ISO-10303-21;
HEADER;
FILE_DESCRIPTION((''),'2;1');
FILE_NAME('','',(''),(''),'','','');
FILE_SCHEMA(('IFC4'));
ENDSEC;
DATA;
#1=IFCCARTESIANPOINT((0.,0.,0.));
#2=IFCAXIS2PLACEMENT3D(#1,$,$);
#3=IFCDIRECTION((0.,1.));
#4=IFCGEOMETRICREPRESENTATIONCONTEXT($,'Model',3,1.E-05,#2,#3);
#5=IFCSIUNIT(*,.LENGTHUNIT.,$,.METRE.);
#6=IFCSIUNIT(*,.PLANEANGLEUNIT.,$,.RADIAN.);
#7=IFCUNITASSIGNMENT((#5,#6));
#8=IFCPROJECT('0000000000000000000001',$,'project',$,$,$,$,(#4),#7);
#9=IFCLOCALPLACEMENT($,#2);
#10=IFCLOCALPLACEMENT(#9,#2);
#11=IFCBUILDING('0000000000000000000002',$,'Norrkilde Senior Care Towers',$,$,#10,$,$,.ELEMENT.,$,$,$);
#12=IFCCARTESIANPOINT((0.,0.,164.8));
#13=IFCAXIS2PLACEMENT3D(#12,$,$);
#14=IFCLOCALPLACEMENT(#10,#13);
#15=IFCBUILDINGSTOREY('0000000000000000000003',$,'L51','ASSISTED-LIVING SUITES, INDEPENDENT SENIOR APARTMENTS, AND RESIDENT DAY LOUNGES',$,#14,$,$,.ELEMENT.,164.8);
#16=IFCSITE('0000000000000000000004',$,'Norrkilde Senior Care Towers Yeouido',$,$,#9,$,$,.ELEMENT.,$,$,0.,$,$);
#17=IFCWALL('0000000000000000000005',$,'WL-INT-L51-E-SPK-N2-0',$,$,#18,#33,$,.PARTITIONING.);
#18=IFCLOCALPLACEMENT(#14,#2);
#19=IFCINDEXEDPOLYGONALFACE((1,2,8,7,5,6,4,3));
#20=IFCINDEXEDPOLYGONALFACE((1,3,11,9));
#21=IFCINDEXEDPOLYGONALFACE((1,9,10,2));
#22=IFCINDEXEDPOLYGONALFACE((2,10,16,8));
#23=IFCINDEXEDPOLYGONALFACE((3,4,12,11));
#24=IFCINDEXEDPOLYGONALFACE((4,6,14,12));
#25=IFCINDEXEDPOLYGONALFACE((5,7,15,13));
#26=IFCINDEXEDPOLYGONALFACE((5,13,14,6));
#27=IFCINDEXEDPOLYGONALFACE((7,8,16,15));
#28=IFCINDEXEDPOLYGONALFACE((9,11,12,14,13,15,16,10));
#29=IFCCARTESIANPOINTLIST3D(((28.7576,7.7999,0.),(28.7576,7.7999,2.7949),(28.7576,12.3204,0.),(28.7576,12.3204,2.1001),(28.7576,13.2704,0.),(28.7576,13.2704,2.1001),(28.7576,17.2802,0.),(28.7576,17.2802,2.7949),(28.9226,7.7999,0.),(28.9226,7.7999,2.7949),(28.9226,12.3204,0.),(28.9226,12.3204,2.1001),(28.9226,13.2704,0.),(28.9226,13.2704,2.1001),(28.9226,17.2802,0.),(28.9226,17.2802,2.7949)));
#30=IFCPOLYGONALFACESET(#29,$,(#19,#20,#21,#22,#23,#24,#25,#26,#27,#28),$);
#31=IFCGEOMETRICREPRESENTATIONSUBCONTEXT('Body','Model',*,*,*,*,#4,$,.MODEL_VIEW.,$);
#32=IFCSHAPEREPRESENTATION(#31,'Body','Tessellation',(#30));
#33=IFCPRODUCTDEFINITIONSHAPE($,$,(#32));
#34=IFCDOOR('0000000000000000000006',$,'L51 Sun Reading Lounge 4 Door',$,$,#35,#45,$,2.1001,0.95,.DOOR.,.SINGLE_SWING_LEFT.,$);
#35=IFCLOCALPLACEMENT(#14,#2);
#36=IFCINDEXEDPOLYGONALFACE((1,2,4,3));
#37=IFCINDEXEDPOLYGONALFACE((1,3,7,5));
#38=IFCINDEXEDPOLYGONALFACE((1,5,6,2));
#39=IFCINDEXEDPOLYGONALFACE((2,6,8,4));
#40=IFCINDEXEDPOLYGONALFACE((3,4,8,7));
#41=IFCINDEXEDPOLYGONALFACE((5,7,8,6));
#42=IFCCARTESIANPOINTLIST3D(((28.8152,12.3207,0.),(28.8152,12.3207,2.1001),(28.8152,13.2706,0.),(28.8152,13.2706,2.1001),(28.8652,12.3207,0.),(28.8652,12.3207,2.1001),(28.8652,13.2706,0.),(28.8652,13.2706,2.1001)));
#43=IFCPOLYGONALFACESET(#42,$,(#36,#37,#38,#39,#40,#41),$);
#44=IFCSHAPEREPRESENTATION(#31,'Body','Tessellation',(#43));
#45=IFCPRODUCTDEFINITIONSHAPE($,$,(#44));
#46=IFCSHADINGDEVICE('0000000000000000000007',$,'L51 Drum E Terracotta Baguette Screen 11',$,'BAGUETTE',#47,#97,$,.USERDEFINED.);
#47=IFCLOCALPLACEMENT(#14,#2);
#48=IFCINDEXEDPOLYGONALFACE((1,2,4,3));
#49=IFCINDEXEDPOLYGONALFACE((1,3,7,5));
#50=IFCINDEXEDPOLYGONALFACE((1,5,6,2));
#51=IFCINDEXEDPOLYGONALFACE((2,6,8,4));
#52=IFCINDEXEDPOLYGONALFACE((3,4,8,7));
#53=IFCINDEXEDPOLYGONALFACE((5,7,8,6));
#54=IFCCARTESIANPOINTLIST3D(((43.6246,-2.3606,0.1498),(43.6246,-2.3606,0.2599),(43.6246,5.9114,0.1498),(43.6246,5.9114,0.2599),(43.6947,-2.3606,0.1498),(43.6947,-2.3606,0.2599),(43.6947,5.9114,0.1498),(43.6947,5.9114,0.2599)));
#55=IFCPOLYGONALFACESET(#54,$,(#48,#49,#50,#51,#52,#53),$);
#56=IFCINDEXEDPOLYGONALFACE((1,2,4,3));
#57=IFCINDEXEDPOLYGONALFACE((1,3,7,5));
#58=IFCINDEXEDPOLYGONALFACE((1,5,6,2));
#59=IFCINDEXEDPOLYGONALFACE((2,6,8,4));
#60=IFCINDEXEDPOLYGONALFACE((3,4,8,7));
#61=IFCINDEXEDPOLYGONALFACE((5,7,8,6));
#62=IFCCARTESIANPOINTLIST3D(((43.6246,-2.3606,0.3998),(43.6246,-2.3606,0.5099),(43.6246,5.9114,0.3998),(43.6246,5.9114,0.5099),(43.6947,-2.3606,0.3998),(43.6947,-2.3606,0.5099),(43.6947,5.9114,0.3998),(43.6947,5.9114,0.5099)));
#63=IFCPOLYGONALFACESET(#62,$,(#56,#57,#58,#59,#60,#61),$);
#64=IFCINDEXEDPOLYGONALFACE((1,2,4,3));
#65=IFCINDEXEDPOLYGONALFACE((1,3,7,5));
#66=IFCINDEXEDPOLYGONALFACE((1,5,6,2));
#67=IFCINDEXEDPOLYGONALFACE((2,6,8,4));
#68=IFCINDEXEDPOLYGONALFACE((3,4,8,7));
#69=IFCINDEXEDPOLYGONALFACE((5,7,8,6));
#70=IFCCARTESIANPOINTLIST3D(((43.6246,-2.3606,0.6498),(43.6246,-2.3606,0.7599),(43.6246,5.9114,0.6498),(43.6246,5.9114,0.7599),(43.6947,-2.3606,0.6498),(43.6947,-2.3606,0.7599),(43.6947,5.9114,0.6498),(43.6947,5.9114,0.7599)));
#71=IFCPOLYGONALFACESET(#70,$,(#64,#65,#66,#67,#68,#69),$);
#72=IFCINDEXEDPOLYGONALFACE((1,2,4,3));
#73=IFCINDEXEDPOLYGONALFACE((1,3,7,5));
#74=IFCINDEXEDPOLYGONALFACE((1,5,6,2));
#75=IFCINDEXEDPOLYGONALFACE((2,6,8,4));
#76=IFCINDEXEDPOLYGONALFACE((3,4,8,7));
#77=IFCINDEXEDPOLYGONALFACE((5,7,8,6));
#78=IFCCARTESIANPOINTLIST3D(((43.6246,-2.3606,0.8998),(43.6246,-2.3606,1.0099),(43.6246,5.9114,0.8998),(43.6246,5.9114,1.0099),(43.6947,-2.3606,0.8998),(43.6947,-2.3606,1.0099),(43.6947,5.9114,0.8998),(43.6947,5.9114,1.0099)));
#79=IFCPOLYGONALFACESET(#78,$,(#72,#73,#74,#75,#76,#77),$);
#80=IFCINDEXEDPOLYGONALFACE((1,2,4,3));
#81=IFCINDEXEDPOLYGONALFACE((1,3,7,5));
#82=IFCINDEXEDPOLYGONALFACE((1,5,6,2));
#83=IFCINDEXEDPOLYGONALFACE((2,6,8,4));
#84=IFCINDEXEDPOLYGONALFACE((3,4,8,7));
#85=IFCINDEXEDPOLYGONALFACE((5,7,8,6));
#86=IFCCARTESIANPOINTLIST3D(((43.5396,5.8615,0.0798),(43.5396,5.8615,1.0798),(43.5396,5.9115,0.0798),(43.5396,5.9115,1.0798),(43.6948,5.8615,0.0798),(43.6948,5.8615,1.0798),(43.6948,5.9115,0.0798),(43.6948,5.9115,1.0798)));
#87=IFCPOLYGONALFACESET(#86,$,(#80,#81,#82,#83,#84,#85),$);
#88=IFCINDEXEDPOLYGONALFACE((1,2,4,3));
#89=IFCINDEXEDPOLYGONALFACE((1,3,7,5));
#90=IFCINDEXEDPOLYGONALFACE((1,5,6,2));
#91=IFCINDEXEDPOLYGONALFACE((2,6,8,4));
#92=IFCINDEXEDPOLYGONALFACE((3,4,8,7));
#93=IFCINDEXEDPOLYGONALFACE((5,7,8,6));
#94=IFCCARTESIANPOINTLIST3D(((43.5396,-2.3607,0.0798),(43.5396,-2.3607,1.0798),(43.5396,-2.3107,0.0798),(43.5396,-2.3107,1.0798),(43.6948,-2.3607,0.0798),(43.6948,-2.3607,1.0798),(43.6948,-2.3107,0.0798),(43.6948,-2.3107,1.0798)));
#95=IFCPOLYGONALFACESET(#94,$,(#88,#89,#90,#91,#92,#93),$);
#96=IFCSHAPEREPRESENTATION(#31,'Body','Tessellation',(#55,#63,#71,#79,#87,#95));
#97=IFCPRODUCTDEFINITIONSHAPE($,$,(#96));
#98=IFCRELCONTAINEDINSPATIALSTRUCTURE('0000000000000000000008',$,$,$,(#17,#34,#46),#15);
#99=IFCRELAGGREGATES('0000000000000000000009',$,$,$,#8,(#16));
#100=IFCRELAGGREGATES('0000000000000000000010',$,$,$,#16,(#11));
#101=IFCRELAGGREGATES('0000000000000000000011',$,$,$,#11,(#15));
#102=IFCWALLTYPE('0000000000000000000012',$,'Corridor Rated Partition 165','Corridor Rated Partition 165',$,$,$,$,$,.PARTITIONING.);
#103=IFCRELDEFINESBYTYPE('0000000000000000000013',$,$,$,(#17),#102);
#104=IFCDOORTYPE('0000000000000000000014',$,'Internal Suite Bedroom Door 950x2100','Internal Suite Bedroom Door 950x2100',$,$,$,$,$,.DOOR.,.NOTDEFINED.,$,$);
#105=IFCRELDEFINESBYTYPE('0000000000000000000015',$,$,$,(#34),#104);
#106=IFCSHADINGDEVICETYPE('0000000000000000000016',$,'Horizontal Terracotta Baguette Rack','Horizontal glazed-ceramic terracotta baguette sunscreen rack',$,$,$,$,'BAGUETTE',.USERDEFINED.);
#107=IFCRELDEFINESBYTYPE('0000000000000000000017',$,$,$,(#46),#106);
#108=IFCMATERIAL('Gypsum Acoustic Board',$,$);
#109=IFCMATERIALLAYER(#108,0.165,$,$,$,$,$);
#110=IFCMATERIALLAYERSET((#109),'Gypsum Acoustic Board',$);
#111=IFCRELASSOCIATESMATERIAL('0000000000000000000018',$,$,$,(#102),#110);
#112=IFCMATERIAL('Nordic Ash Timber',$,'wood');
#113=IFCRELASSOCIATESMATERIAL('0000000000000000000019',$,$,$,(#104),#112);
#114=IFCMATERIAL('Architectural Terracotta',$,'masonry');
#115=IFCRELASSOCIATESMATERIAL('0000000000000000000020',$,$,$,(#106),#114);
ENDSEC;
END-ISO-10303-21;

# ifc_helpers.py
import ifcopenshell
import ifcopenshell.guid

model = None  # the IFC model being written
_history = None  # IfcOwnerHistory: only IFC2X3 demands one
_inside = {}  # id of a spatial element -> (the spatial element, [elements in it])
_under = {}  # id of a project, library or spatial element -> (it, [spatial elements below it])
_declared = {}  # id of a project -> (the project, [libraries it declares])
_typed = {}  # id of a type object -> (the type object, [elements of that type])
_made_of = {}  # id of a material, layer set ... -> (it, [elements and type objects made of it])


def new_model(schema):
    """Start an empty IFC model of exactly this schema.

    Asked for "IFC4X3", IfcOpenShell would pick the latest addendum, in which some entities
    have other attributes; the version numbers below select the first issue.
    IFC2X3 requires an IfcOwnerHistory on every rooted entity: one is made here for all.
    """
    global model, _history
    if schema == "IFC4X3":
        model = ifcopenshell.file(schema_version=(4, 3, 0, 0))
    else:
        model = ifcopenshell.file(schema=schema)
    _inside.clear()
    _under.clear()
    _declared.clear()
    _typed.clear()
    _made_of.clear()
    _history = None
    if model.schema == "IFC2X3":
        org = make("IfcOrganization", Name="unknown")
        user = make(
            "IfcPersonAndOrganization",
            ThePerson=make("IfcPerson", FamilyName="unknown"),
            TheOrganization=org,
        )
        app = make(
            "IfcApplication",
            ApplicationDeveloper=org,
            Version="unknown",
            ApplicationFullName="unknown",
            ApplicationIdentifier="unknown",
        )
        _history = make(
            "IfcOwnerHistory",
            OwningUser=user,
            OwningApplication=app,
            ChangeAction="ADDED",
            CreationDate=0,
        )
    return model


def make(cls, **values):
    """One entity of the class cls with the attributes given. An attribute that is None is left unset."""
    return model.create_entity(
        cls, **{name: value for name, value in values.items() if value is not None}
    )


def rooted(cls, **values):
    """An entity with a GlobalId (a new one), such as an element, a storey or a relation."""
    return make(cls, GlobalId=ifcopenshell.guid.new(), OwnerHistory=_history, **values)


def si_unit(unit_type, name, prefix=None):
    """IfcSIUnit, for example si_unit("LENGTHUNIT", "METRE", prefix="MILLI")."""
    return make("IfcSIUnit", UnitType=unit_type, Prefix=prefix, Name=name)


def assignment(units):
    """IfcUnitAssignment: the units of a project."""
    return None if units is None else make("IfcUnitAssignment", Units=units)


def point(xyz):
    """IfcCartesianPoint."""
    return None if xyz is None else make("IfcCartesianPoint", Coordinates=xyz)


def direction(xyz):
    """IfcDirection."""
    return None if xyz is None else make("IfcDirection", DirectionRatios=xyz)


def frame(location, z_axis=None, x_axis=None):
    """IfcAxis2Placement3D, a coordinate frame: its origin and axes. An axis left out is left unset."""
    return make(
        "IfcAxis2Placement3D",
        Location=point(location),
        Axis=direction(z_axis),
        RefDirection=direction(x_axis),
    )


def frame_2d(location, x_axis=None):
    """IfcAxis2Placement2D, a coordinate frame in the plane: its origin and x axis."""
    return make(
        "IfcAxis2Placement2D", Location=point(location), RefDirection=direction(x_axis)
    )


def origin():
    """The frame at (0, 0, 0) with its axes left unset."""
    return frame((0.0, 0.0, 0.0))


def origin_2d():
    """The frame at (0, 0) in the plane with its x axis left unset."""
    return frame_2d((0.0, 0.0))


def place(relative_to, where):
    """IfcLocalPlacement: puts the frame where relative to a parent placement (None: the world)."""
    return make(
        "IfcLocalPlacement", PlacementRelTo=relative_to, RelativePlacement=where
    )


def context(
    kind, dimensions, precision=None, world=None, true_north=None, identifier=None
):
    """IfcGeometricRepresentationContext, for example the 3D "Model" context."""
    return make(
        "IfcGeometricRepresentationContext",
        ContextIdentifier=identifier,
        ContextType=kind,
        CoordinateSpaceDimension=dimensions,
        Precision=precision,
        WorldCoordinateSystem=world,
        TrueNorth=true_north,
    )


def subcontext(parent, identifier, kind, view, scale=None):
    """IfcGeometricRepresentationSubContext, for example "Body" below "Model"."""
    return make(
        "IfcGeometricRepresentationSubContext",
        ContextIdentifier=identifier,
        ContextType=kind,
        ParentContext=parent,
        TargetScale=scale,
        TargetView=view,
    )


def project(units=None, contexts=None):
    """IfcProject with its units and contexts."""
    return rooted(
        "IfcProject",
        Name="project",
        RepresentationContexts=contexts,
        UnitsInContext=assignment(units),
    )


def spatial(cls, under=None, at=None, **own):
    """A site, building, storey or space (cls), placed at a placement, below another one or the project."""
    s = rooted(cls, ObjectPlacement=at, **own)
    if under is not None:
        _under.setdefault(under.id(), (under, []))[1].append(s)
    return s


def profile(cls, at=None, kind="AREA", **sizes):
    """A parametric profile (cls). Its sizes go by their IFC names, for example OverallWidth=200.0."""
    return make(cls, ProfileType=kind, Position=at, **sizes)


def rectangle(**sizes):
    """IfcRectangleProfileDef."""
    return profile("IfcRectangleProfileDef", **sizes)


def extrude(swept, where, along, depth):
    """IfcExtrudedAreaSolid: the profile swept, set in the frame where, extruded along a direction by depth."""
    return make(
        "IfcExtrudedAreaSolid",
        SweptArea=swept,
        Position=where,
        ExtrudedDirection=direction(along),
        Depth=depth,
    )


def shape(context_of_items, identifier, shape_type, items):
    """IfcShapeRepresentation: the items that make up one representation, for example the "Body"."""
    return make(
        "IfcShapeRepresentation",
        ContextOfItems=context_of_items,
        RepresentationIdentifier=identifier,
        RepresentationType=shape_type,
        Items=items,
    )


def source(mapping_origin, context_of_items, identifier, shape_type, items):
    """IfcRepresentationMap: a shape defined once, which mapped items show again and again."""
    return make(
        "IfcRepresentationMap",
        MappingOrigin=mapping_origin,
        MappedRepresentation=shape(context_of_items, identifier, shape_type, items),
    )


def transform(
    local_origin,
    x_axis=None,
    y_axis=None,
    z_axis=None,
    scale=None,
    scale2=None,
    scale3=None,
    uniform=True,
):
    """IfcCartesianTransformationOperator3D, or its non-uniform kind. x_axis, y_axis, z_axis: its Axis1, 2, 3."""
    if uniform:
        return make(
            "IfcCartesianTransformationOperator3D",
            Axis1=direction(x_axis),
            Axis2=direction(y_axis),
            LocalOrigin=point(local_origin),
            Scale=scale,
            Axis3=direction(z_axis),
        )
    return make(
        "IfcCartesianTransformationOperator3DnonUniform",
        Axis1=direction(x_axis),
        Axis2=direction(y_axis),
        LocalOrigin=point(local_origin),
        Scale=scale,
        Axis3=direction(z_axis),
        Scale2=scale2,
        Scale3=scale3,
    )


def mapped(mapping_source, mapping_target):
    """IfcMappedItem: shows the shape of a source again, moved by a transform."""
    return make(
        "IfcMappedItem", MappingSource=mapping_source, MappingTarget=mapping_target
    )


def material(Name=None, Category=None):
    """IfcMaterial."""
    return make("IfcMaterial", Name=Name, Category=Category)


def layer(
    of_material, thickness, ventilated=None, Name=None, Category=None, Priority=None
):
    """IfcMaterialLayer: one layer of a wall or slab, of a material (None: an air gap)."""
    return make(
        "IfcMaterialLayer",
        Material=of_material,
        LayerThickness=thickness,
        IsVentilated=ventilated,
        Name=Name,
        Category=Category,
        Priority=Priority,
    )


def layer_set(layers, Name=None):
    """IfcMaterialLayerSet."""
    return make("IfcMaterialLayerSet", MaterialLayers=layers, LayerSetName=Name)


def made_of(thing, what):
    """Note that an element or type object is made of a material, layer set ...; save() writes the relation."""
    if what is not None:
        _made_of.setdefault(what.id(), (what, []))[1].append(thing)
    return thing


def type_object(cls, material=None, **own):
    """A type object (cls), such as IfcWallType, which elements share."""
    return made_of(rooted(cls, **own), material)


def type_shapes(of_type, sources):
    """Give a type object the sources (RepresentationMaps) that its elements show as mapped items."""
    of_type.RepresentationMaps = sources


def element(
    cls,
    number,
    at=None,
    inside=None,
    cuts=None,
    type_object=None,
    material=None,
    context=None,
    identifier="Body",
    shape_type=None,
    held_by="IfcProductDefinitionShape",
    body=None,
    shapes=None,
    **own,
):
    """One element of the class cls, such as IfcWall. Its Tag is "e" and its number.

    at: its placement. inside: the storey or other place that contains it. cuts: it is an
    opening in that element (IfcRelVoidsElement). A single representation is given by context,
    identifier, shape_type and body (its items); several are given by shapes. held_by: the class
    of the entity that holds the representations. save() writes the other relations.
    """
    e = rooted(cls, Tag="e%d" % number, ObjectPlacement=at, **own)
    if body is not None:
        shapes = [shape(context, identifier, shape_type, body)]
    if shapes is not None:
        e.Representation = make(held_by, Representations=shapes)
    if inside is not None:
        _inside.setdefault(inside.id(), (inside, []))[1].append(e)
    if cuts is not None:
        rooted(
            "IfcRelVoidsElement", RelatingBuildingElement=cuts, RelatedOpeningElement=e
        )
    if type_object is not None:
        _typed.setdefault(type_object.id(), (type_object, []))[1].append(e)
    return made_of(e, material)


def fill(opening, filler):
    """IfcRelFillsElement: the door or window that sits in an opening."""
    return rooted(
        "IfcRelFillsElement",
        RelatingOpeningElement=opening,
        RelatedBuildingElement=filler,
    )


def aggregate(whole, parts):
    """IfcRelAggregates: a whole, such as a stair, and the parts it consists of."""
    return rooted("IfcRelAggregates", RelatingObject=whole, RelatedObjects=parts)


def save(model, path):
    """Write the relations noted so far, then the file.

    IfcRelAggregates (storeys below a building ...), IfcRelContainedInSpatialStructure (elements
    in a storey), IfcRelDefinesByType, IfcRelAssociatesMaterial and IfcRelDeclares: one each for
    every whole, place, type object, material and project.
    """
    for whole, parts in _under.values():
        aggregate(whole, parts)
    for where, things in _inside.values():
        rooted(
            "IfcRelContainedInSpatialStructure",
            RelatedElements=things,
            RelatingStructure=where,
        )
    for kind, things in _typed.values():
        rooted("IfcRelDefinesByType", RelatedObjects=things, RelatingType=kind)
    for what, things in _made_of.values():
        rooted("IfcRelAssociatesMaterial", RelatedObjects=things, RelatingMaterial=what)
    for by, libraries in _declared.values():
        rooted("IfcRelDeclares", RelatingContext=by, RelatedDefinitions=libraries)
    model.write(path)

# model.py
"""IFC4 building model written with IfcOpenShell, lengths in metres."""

from ifc_helpers import new_model, si_unit, direction, frame, frame_2d, origin, origin_2d, place, context, subcontext, project, spatial, rectangle, extrude, source, transform, mapped, material, layer, layer_set, type_object, type_shapes, element, fill, save


model = new_model("IFC4")

# Units and contexts
model_context = context("Model", 3, precision=1e-05, world=origin(), true_north=direction((0.0, 1.0)))
body_context = subcontext(model_context, "Body", "Model", "MODEL_VIEW")
ifc_project = project(units=[si_unit("LENGTHUNIT", "METRE"), si_unit("PLANEANGLEUNIT", "RADIAN")], contexts=[model_context])

# Site, building, storey
site_placement = place(None, origin())
site = spatial("IfcSite", under=ifc_project, at=site_placement, Name="Norrkilde Senior Care Towers Yeouido", CompositionType="ELEMENT", RefElevation=0.0)
building_placement = place(site_placement, origin())
building = spatial("IfcBuilding", under=site, at=building_placement, Name="Norrkilde Senior Care Towers", CompositionType="ELEMENT")
storey_placement = place(building_placement, frame((0.0, 0.0, 164.8)))
storey = spatial("IfcBuildingStorey", under=building, at=storey_placement, Name="L51", Description="ASSISTED-LIVING SUITES, INDEPENDENT SENIOR APARTMENTS, AND RESIDENT DAY LOUNGES", CompositionType="ELEMENT", Elevation=164.8)

# Shared definitions
ifc_material_1 = material(Name="Gypsum Acoustic Board")
ifc_layer_1 = layer(ifc_material_1, 0.165)
ifc_layer_set_1 = layer_set([ifc_layer_1], Name="Gypsum Acoustic Board")
wall_type_1 = type_object("IfcWallType", Name="Corridor Rated Partition 165", Description="Corridor Rated Partition 165", PredefinedType="PARTITIONING", material=ifc_layer_set_1)
ifc_material_2 = material(Name="Nordic Ash Timber", Category="wood")

# Wall, opening, door
shared_shape_1 = source(origin(), body_context, "Body", "SweptSolid", [
    extrude(rectangle(XDim=9.4802, YDim=0.165, at=frame_2d((4.7402, 0.0))), origin(), (0.0, 0.0, 1.0), 2.7949),
])
door_type_1 = type_object("IfcDoorType", Name="Internal Suite Bedroom Door 950x2100", Description="Internal Suite Bedroom Door 950x2100", OperationType="NOTDEFINED", PredefinedType="DOOR", material=ifc_material_2)
shared_shape_2 = source(origin(), body_context, "Body", "SweptSolid", [
    extrude(rectangle(XDim=0.95, YDim=2.1001, at=frame_2d((0.4751, 1.05))), frame((0.0, 0.0249, 0.0), z_axis=(0.0, -1.0, 0.0), x_axis=(1.0, 0.0, 0.0)), (0.0, 0.0, 1.0), 0.05),
])
type_shapes(door_type_1, [shared_shape_2])
wall_1_placement = place(storey_placement, frame((28.8401, 17.2803, 0.0), z_axis=(0.0, 0.0, 1.0), x_axis=(0.0, -1.0, 0.0)))
wall_1 = element("IfcWall", 1, at=wall_1_placement, inside=storey, type_object=wall_type_1, Name="WL-INT-L51-E-SPK-N2-0", PredefinedType="PARTITIONING", context=body_context, shape_type="MappedRepresentation", body=[
    mapped(shared_shape_1, transform((0.0, 0.0, 0.0), x_axis=(1.0, 0.0, 0.0), y_axis=(0.0, 1.0, 0.0), z_axis=(0.0, 0.0, 1.0), scale=1.0)),
])
opening_1_placement = place(wall_1_placement, frame((4.0098, 0.0, 0.0)))
opening_1 = element("IfcOpeningElement", 2, at=opening_1_placement, cuts=wall_1, PredefinedType="OPENING", context=body_context, shape_type="SweptSolid", body=[
    extrude(rectangle(XDim=0.95, YDim=2.1001, at=frame_2d((0.4751, 1.05))), frame((0.0, 0.0925, 0.0), z_axis=(0.0, -1.0, 0.0), x_axis=(1.0, 0.0, 0.0)), (0.0, 0.0, 1.0), 0.1851),
])
door_1_placement = place(opening_1_placement, frame((0.95, 0.0, 0.0), z_axis=(0.0, 0.0, 1.0), x_axis=(-1.0, 0.0, 0.0)))
door_1 = element("IfcDoor", 3, at=door_1_placement, inside=storey, type_object=door_type_1, Name="L51 Sun Reading Lounge 4 Door", OperationType="SINGLE_SWING_LEFT", OverallHeight=2.1001, OverallWidth=0.95, PredefinedType="DOOR", context=body_context, shape_type="MappedRepresentation", body=[
    mapped(shared_shape_2, transform((0.0, 0.0, 0.0), x_axis=(1.0, 0.0, 0.0), y_axis=(0.0, 1.0, 0.0), z_axis=(0.0, 0.0, 1.0), scale=1.0)),
])
fill(opening_1, door_1)

# Shading device
ifc_material_3 = material(Name="Architectural Terracotta", Category="masonry")
shading_device_type = type_object("IfcShadingDeviceType", Name="Horizontal Terracotta Baguette Rack", Description="Horizontal glazed-ceramic terracotta baguette sunscreen rack", ElementType="BAGUETTE", PredefinedType="USERDEFINED", material=ifc_material_3)
shared_shape_3 = source(origin(), body_context, "Body", "SweptSolid", [
    extrude(rectangle(XDim=0.0701, YDim=0.1101, at=origin_2d()), frame((0.0, 0.0901, 0.125), z_axis=(1.0, 0.0, 0.0), x_axis=(0.0, 1.0, 0.0)), (0.0, 0.0, 1.0), 8.272),
    extrude(rectangle(XDim=0.0701, YDim=0.1101, at=origin_2d()), frame((0.0, 0.0901, 0.375), z_axis=(1.0, 0.0, 0.0), x_axis=(0.0, 1.0, 0.0)), (0.0, 0.0, 1.0), 8.272),
    extrude(rectangle(XDim=0.0701, YDim=0.1101, at=origin_2d()), frame((0.0, 0.0901, 0.625), z_axis=(1.0, 0.0, 0.0), x_axis=(0.0, 1.0, 0.0)), (0.0, 0.0, 1.0), 8.272),
    extrude(rectangle(XDim=0.0701, YDim=0.1101, at=origin_2d()), frame((0.0, 0.0901, 0.875), z_axis=(1.0, 0.0, 0.0), x_axis=(0.0, 1.0, 0.0)), (0.0, 0.0, 1.0), 8.272),
    extrude(rectangle(XDim=0.05, YDim=0.1553, at=origin_2d()), frame((0.0249, 0.0476, 0.0)), (0.0, 0.0, 1.0), 1.0),
    extrude(rectangle(XDim=0.05, YDim=0.1553, at=origin_2d()), frame((8.2471, 0.0476, 0.0)), (0.0, 0.0, 1.0), 1.0),
])
type_shapes(shading_device_type, [shared_shape_3])
shading_device_placement = place(storey_placement, frame((43.5696, 5.9114, 0.0798), z_axis=(0.0, 0.0, 1.0), x_axis=(0.0, -1.0, 0.0)))
element("IfcShadingDevice", 4, at=shading_device_placement, inside=storey, type_object=shading_device_type, Name="L51 Drum E Terracotta Baguette Screen 11", ObjectType="BAGUETTE", PredefinedType="USERDEFINED", context=body_context, shape_type="MappedRepresentation", body=[
    mapped(shared_shape_3, transform((0.0, 0.0, 0.0), x_axis=(1.0, 0.0, 0.0), y_axis=(0.0, 1.0, 0.0), z_axis=(0.0, 0.0, 1.0), scale=1.0)),
])

save(model, "model.ifc")
